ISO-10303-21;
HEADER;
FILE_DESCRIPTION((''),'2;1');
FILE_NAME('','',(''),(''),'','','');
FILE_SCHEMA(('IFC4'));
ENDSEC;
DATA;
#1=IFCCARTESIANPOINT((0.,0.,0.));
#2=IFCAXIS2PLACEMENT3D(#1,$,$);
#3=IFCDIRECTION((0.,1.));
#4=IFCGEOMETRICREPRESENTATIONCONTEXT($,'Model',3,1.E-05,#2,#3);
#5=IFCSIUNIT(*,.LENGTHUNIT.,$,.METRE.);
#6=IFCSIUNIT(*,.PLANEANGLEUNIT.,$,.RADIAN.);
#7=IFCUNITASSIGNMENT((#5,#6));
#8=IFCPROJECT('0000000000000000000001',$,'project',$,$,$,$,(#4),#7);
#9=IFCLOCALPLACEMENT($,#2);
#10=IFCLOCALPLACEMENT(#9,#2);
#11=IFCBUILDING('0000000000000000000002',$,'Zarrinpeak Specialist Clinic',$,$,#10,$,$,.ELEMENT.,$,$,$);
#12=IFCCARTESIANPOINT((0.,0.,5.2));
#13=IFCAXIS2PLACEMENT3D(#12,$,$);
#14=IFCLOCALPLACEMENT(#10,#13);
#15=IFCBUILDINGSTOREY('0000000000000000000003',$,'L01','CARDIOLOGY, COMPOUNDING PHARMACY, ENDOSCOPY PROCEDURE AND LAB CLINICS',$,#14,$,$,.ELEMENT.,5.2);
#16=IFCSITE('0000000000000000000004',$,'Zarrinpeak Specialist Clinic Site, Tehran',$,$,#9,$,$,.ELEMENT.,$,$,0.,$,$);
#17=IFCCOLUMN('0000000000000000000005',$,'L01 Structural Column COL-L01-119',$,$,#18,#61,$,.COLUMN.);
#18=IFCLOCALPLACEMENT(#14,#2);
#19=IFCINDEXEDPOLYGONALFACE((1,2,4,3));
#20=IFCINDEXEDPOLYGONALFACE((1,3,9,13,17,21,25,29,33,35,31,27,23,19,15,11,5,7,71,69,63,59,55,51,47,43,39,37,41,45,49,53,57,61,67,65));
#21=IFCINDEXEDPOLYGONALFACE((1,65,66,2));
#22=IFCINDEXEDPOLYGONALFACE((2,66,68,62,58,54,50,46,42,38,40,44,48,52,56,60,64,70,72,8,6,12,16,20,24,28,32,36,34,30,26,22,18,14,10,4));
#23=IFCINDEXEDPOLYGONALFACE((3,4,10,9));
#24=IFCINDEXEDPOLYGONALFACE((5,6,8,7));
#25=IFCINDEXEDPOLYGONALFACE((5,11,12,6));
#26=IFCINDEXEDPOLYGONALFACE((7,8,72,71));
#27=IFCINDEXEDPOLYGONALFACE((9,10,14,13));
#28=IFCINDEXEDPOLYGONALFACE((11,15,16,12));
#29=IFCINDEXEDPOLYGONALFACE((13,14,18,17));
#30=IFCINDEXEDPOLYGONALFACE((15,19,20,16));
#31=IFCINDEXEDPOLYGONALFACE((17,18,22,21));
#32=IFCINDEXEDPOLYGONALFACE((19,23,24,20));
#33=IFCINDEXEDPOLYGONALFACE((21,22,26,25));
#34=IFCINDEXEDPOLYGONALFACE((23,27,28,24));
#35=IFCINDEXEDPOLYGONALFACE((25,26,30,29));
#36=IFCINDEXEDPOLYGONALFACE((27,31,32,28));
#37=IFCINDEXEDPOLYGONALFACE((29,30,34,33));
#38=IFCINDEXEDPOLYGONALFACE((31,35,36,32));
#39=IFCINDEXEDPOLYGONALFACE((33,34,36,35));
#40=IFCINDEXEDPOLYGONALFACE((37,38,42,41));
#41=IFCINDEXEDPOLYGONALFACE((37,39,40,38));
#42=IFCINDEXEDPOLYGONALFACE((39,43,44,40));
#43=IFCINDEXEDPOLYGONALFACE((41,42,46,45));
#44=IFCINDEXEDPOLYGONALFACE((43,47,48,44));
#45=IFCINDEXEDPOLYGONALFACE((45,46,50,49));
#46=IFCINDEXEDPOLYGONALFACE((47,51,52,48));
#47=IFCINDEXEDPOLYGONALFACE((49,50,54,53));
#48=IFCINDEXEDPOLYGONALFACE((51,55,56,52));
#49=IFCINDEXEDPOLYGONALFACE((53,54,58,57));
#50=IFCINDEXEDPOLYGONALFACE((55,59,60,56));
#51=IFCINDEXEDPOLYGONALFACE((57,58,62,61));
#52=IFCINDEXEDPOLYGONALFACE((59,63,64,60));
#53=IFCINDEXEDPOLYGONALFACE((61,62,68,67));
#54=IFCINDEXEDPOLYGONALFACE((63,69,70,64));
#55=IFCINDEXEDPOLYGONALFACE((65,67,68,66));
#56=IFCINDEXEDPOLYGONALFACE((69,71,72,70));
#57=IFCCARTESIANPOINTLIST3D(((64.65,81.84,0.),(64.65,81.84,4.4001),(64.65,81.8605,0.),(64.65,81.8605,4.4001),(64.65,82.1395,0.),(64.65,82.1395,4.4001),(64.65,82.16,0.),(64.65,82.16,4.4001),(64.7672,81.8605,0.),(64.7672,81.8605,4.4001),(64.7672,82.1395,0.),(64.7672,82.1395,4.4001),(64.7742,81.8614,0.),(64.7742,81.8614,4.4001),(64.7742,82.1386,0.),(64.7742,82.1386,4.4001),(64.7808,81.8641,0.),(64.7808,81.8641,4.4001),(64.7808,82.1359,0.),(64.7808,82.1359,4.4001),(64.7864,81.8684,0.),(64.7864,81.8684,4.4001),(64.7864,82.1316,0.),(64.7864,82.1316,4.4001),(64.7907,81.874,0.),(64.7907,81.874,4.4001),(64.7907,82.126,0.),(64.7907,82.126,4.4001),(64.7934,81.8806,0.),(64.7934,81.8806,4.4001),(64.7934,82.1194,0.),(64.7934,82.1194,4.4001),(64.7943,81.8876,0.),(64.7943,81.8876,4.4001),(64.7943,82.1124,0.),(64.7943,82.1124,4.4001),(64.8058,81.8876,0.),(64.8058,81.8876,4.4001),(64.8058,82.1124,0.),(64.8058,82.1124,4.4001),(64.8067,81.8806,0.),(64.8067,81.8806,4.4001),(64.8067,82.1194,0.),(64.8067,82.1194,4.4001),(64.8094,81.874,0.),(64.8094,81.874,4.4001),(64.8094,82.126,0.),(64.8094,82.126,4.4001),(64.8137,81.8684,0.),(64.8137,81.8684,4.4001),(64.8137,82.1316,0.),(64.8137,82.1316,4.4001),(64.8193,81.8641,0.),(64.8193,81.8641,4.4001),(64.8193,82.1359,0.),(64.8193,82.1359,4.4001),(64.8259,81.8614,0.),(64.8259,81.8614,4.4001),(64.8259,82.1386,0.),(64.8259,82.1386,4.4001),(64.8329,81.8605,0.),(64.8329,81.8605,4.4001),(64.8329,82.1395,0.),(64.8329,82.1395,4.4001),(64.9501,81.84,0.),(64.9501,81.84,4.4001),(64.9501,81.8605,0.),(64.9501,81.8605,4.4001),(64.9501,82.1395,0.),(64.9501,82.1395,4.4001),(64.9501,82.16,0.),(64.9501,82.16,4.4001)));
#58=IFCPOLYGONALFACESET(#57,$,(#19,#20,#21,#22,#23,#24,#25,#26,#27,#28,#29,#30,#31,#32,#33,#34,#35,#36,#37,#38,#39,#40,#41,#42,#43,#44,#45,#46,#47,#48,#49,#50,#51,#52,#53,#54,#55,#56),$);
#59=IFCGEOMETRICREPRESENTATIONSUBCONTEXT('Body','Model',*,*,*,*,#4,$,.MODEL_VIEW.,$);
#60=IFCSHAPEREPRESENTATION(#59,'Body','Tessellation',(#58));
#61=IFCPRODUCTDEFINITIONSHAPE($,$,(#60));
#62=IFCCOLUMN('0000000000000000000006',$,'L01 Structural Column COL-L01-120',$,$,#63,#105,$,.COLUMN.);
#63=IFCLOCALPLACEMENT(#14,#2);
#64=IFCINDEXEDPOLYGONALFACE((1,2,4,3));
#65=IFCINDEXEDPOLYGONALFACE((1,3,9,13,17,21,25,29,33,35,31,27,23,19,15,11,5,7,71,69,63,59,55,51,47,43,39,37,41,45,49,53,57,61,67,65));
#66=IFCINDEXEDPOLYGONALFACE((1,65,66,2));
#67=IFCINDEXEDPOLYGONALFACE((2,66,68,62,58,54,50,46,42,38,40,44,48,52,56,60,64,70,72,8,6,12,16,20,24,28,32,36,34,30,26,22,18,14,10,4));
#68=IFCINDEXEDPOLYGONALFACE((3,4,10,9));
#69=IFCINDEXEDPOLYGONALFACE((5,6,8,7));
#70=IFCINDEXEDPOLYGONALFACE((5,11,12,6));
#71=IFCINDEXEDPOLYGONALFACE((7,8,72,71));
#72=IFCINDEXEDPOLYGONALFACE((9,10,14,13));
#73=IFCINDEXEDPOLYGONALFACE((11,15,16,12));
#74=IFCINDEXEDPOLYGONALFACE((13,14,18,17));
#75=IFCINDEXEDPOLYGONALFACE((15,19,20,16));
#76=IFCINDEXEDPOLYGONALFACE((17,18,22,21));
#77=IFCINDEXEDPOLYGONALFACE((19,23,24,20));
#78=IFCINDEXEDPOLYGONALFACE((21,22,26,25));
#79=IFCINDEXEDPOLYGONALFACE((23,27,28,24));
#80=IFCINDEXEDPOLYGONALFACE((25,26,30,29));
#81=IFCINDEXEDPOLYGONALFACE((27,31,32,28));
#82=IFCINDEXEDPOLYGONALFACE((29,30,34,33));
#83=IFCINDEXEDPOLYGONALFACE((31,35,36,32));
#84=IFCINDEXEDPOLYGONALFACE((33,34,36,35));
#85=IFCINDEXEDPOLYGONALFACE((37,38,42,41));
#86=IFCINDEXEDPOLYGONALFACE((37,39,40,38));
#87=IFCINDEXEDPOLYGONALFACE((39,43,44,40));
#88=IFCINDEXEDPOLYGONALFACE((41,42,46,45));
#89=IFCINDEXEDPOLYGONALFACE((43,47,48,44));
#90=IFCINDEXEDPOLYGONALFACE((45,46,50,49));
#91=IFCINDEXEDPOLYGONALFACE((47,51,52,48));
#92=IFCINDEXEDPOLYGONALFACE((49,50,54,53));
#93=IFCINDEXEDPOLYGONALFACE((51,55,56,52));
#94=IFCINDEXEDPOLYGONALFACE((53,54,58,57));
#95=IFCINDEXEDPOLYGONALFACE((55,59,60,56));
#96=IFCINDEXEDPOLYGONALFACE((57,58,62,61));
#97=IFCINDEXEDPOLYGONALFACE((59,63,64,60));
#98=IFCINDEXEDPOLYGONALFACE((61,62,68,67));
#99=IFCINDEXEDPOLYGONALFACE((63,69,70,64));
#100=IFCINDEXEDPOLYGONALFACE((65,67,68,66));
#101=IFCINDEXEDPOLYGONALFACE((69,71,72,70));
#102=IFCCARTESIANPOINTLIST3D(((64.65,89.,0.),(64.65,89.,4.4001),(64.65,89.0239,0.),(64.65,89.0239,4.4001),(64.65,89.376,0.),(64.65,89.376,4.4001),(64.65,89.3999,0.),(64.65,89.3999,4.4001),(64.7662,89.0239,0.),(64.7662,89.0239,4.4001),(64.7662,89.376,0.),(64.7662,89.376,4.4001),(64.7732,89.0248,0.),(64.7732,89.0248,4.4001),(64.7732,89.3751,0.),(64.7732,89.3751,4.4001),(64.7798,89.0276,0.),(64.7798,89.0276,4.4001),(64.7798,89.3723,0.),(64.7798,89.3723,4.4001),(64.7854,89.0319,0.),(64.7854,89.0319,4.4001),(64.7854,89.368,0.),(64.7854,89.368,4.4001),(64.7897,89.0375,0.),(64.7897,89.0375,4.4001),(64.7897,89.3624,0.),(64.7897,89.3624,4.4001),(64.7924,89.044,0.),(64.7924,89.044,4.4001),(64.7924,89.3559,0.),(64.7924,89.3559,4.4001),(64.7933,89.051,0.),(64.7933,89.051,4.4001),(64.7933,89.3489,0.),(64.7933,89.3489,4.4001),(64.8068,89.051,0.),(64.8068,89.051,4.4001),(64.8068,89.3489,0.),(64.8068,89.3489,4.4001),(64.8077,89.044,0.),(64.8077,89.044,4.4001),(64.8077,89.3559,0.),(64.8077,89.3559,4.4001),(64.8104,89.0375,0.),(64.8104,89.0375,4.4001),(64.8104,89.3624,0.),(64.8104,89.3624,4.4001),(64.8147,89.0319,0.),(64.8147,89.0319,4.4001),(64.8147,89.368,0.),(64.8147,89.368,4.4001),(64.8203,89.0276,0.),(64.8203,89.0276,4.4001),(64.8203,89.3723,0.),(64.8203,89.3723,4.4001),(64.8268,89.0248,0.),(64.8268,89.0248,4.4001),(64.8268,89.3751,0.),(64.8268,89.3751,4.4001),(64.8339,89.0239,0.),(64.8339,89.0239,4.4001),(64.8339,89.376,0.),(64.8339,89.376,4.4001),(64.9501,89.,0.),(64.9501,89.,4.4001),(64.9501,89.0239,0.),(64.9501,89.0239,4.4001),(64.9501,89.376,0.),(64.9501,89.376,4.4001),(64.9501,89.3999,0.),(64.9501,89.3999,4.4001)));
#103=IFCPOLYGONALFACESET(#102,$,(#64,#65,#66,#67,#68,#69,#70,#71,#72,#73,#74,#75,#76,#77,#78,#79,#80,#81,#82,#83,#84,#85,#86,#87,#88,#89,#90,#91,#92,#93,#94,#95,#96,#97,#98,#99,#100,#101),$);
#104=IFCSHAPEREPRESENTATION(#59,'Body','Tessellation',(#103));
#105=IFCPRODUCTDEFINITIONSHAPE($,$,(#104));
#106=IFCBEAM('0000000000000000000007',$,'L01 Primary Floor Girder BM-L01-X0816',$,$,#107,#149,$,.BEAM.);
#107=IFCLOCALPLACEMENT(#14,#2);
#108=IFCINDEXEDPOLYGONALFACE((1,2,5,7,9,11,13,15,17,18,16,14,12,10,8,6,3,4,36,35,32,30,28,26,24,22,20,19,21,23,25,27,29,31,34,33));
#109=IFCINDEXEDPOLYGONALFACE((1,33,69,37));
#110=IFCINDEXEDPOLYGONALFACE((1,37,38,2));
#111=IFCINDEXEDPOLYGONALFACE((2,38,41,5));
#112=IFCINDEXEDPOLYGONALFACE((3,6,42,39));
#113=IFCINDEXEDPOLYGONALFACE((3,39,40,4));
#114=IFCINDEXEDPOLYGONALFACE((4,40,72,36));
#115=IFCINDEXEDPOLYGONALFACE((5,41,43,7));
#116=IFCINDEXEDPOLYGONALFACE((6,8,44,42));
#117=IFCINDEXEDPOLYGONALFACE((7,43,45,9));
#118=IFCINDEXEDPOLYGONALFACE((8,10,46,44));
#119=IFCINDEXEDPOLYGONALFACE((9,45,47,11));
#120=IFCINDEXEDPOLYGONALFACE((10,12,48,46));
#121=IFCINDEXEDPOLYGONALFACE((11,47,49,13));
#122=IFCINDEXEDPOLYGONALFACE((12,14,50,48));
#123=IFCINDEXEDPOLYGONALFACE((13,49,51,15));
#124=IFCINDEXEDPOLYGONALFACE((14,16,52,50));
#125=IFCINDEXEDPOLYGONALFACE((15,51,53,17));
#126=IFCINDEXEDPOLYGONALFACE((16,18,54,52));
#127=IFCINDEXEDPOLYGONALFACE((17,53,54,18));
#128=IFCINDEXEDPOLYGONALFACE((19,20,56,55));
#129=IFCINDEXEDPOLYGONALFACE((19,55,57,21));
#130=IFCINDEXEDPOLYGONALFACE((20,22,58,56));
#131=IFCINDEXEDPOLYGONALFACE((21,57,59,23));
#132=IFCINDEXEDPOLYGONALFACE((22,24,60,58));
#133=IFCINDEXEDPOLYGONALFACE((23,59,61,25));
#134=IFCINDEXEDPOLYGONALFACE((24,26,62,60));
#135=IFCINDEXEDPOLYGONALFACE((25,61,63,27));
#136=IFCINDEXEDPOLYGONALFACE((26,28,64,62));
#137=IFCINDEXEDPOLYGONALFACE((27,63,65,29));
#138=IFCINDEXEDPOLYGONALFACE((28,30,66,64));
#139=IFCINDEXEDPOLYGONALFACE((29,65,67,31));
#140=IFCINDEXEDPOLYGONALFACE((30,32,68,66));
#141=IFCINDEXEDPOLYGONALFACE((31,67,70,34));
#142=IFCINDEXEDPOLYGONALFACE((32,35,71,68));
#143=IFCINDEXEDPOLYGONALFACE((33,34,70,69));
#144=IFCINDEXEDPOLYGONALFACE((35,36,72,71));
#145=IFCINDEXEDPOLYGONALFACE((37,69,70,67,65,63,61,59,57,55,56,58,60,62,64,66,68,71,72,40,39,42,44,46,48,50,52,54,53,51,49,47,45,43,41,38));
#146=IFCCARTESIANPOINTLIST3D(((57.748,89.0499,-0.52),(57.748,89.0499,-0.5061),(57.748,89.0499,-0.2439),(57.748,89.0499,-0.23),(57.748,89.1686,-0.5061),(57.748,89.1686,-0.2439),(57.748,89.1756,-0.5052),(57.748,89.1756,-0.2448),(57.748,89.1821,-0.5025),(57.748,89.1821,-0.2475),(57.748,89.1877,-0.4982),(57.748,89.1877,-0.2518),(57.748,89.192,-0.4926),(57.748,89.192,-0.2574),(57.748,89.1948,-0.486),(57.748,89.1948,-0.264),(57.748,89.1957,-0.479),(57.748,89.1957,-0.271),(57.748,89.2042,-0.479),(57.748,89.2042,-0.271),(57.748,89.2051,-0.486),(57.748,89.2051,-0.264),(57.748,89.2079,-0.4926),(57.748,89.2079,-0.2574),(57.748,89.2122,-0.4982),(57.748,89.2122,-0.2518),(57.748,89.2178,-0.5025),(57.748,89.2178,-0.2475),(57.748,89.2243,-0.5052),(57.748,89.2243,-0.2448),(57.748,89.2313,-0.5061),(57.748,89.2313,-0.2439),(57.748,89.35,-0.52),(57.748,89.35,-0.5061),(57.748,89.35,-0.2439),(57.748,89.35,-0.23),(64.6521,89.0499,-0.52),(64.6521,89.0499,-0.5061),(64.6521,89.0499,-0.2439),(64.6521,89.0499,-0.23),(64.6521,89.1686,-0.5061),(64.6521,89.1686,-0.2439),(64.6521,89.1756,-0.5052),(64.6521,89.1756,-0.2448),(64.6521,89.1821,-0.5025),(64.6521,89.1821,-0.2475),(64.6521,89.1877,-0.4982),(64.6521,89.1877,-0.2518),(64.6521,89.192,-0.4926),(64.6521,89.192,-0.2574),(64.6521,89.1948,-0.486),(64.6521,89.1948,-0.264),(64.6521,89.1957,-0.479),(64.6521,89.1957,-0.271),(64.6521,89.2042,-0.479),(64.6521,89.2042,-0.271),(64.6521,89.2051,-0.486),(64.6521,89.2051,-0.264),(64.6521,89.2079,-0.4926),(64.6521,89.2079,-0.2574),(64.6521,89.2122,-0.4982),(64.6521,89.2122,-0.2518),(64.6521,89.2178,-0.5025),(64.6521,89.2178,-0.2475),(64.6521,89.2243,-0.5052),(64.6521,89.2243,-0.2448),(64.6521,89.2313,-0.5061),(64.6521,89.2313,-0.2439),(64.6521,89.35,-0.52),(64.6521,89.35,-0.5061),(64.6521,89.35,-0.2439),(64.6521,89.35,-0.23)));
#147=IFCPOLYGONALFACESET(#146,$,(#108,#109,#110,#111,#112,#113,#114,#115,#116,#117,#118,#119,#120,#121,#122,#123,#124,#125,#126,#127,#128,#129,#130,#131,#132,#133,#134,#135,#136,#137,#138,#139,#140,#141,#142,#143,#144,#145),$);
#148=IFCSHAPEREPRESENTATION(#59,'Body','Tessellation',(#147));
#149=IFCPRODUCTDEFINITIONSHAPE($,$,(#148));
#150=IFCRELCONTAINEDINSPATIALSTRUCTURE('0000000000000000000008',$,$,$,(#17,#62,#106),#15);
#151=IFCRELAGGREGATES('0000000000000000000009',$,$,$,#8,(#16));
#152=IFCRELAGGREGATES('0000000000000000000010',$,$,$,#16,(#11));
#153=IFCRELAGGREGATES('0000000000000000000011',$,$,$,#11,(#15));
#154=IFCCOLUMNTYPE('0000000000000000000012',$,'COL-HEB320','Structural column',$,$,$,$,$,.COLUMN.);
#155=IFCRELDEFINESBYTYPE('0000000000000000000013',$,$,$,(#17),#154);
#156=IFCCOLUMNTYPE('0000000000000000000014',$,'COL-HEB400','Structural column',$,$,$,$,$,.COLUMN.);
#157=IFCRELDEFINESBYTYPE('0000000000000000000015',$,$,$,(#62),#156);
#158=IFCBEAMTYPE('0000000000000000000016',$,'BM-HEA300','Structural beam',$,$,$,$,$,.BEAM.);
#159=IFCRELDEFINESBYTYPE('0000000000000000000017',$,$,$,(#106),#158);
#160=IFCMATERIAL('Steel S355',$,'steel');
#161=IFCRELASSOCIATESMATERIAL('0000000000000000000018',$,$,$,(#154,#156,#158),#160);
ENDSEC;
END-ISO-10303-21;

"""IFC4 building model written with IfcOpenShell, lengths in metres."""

from ifc_helpers import new_model, si_unit, direction, frame, origin, origin_2d, place, context, subcontext, project, spatial, i_section, extrude, material, material_profile, profile_set, type_object, element, save


model = new_model("IFC4")

# Units and contexts
model_context = context("Model", 3, precision=1e-05, world=origin(), true_north=direction((0.0, 1.0)))
body_context = subcontext(model_context, "Body", "Model", "MODEL_VIEW")
ifc_project = project(units=[si_unit("LENGTHUNIT", "METRE"), si_unit("PLANEANGLEUNIT", "RADIAN")], contexts=[model_context])

# Site, building, storey
site_placement = place(None, origin())
site = spatial("IfcSite", under=ifc_project, at=site_placement, Name="Zarrinpeak Specialist Clinic Site, Tehran", CompositionType="ELEMENT", RefElevation=0.0)
building_placement = place(site_placement, origin())
building = spatial("IfcBuilding", under=site, at=building_placement, Name="Zarrinpeak Specialist Clinic", CompositionType="ELEMENT")
storey_placement = place(building_placement, frame((0.0, 0.0, 5.2)))
storey = spatial("IfcBuildingStorey", under=building, at=storey_placement, Name="L01", Description="CARDIOLOGY, COMPOUNDING PHARMACY, ENDOSCOPY PROCEDURE AND LAB CLINICS", CompositionType="ELEMENT", Elevation=5.2)

# Columns
ifc_material_1 = material(Name="Steel S355", Category="steel")
ifc_material_profile_1 = material_profile(ifc_material_1, i_section(OverallWidth=0.3, OverallDepth=0.3201, WebThickness=0.0115, FlangeThickness=0.0205, FilletRadius=0.0271, at=origin_2d()), Name="HEB 320")
ifc_profile_set_1 = profile_set([ifc_material_profile_1], Name="Steel S355")
column_type_1 = type_object("IfcColumnType", Name="COL-HEB320", Description="Structural column", PredefinedType="COLUMN", material=ifc_profile_set_1)
column_1_placement = place(storey_placement, frame((64.8, 82.0, 0.0), z_axis=(0.0, 0.0, 1.0), x_axis=(1.0, 0.0, 0.0)))
element("IfcColumn", 1, at=column_1_placement, inside=storey, type_object=column_type_1, Name="L01 Structural Column COL-L01-119", PredefinedType="COLUMN", context=body_context, shape_type="SweptSolid", body=[
    extrude(i_section(OverallWidth=0.3, OverallDepth=0.3201, WebThickness=0.0115, FlangeThickness=0.0205, FilletRadius=0.0271, at=origin_2d()), origin(), (0.0, 0.0, 1.0), 4.4001),
])
ifc_material_profile_2 = material_profile(ifc_material_1, i_section(OverallWidth=0.3, OverallDepth=0.3999, WebThickness=0.0134, FlangeThickness=0.0239, FilletRadius=0.0271, at=origin_2d()), Name="HEB 400")
ifc_profile_set_2 = profile_set([ifc_material_profile_2], Name="Steel S355")
column_type_2 = type_object("IfcColumnType", Name="COL-HEB400", Description="Structural column", PredefinedType="COLUMN", material=ifc_profile_set_2)
column_2_placement = place(storey_placement, frame((64.8, 89.2, 0.0), z_axis=(0.0, 0.0, 1.0), x_axis=(1.0, 0.0, 0.0)))
element("IfcColumn", 2, at=column_2_placement, inside=storey, type_object=column_type_2, Name="L01 Structural Column COL-L01-120", PredefinedType="COLUMN", context=body_context, shape_type="SweptSolid", body=[
    extrude(i_section(OverallWidth=0.3, OverallDepth=0.3999, WebThickness=0.0134, FlangeThickness=0.0239, FilletRadius=0.0271, at=origin_2d()), origin(), (0.0, 0.0, 1.0), 4.4001),
])

# Beam
ifc_material_profile_3 = material_profile(ifc_material_1, i_section(OverallWidth=0.3, OverallDepth=0.29, WebThickness=0.0085, FlangeThickness=0.0139, FilletRadius=0.0271, at=origin_2d()), Name="HEA 300")
ifc_profile_set_3 = profile_set([ifc_material_profile_3], Name="Steel S355")
beam_type_1 = type_object("IfcBeamType", Name="BM-HEA300", Description="Structural beam", PredefinedType="BEAM", material=ifc_profile_set_3)
beam_1_placement = place(storey_placement, frame((57.748, 89.2, -0.375), z_axis=(1.0, 0.0, 0.0), x_axis=(0.0, 1.0, 0.0)))
element("IfcBeam", 3, at=beam_1_placement, inside=storey, type_object=beam_type_1, Name="L01 Primary Floor Girder BM-L01-X0816", PredefinedType="BEAM", context=body_context, shape_type="SweptSolid", body=[
    extrude(i_section(OverallWidth=0.3, OverallDepth=0.29, WebThickness=0.0085, FlangeThickness=0.0139, FilletRadius=0.0271, at=origin_2d()), origin(), (0.0, 0.0, 1.0), 6.9041),
])

save(model, "model.ifc")
